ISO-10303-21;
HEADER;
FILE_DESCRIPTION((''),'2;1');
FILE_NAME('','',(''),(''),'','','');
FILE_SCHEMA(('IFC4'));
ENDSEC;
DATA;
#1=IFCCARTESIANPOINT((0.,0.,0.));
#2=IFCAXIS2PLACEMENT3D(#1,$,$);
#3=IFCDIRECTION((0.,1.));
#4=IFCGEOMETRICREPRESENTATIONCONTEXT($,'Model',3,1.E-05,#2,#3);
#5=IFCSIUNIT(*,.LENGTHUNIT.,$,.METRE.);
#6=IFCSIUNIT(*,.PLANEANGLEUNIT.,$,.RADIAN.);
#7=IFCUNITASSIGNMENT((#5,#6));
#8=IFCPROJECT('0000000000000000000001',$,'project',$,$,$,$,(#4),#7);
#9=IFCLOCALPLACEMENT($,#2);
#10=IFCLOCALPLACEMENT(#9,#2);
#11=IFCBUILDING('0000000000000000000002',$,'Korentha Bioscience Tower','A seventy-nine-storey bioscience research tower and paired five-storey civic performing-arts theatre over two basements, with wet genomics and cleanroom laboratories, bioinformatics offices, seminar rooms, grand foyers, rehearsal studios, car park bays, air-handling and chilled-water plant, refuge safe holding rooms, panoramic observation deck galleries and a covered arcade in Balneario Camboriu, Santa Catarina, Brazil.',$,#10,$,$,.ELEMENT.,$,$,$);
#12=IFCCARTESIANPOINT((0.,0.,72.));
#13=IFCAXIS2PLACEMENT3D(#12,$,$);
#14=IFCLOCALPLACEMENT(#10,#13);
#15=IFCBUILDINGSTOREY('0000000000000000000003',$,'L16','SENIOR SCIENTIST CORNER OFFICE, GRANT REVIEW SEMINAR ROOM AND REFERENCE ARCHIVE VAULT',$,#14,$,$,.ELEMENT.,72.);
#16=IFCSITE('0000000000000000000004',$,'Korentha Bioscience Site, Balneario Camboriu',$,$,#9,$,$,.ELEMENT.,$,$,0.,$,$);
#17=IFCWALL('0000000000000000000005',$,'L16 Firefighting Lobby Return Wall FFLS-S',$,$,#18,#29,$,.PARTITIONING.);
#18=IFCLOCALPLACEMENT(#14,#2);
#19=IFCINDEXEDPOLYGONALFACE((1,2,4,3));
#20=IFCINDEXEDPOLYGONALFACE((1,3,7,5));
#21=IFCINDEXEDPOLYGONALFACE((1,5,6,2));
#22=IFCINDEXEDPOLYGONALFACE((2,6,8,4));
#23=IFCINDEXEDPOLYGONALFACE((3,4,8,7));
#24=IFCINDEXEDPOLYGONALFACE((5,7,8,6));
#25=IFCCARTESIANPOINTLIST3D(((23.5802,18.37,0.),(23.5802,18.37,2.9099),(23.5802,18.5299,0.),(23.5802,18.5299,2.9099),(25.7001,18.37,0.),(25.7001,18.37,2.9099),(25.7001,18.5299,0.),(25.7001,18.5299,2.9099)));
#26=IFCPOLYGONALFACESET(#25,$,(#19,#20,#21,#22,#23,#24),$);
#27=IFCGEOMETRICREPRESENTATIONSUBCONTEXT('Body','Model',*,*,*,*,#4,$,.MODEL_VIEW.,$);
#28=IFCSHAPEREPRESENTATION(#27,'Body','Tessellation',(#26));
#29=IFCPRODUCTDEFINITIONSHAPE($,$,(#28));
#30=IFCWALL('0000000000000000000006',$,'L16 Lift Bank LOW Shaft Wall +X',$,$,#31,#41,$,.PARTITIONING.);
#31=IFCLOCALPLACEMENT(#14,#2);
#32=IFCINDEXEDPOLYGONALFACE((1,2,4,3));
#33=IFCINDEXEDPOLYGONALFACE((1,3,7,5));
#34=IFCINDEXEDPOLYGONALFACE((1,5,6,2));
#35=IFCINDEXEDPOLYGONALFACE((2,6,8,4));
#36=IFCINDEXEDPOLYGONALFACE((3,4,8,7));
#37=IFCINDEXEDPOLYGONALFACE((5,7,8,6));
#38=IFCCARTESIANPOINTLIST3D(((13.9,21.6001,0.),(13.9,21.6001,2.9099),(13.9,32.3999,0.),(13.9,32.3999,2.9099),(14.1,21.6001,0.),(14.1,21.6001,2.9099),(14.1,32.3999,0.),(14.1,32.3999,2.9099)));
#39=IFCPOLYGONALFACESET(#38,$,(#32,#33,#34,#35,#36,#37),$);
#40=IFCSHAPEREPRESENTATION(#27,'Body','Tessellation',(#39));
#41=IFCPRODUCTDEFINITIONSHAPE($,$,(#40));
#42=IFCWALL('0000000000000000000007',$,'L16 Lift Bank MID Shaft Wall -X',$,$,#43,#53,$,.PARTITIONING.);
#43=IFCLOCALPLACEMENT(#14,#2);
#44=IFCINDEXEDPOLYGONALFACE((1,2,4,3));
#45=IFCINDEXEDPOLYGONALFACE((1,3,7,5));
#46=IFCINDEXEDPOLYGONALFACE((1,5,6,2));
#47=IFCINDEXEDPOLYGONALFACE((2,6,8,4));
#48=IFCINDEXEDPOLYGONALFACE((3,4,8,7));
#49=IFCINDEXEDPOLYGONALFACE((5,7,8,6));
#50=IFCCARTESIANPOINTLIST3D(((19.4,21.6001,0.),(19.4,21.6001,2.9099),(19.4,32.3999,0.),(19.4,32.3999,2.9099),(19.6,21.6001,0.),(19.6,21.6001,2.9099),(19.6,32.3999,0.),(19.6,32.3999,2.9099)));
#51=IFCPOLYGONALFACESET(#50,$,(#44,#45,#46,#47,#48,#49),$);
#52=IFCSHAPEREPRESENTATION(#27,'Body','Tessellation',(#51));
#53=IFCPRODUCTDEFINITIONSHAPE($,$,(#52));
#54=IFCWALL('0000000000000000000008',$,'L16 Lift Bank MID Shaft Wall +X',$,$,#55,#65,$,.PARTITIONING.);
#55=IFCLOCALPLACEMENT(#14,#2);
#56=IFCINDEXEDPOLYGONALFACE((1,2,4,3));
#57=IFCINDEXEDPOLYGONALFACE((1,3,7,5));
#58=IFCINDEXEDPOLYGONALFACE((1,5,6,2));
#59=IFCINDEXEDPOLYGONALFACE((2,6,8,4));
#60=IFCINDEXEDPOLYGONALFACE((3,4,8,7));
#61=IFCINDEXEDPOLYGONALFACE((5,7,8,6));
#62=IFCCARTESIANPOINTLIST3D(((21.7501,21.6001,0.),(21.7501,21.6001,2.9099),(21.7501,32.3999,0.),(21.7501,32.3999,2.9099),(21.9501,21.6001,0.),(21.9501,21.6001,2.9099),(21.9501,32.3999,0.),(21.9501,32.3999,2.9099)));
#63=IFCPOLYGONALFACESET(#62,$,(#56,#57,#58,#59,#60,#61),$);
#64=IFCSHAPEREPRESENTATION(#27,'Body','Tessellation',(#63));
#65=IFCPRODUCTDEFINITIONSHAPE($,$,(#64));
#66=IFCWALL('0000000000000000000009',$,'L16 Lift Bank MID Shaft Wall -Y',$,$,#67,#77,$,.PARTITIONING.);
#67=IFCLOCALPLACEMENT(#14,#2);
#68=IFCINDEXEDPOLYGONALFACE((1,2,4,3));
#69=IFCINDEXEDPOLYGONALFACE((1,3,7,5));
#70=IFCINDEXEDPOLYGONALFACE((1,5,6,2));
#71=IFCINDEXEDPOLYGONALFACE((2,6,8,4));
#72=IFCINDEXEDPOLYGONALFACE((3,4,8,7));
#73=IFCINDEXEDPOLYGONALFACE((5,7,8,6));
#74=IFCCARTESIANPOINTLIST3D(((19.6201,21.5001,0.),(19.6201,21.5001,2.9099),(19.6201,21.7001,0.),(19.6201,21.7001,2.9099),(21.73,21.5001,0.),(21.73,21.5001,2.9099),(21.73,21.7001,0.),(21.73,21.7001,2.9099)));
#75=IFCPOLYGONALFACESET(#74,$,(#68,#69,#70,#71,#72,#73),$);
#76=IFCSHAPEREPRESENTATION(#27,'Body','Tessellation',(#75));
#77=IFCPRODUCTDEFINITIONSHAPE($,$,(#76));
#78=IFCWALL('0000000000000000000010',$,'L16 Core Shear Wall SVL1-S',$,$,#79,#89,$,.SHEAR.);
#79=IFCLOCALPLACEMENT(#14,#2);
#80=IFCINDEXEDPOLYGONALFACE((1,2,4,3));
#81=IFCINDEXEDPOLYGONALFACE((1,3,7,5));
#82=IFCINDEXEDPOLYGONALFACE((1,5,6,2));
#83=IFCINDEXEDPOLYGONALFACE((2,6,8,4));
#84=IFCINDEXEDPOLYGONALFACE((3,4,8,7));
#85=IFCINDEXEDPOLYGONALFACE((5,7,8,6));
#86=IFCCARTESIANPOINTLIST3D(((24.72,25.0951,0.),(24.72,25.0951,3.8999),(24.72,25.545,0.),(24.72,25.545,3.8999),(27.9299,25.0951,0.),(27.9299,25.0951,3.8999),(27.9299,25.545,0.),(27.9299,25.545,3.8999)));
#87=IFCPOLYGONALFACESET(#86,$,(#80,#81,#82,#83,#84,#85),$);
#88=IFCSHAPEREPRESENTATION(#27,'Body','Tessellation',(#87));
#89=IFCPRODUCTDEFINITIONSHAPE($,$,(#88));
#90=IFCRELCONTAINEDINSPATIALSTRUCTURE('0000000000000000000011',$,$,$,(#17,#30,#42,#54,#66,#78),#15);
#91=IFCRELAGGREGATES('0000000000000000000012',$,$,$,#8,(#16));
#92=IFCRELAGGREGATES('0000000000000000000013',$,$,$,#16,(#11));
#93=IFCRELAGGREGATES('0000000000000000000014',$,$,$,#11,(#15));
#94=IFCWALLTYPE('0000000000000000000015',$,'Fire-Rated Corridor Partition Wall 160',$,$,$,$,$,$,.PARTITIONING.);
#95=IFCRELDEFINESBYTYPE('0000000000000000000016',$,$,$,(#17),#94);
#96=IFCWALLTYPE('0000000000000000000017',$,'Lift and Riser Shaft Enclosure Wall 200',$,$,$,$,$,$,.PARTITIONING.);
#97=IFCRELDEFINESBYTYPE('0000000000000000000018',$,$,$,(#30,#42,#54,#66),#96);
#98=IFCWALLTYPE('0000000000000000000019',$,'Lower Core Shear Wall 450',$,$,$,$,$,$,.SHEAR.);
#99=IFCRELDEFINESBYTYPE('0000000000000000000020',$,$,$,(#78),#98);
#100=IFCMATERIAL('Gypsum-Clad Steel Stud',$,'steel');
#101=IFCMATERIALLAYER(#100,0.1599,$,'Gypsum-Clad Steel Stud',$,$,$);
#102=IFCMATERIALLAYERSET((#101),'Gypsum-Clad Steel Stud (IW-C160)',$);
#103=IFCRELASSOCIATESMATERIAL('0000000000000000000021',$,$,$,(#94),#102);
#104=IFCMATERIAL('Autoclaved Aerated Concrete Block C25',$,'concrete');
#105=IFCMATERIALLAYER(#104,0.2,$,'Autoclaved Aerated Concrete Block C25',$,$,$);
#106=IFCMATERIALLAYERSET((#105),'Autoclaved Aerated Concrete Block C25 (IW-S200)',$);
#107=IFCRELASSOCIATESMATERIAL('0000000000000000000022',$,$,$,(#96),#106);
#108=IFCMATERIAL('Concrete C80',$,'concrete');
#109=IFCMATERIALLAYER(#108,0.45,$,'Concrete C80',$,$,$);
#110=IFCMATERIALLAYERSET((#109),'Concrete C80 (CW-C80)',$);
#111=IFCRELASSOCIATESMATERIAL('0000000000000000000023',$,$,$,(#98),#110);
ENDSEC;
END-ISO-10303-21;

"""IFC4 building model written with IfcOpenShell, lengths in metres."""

from ifc_helpers import new_model, si_unit, direction, frame, frame_2d, origin, place, context, subcontext, project, spatial, rectangle, extrude, material, layer, layer_set, type_object, element, save


model = new_model("IFC4")

# Units and contexts
model_context = context("Model", 3, precision=1e-05, world=origin(), true_north=direction((0.0, 1.0)))
body_context = subcontext(model_context, "Body", "Model", "MODEL_VIEW")
ifc_project = project(units=[si_unit("LENGTHUNIT", "METRE"), si_unit("PLANEANGLEUNIT", "RADIAN")], contexts=[model_context])

# Site, building, storey
site_placement = place(None, origin())
site = spatial("IfcSite", under=ifc_project, at=site_placement, Name="Korentha Bioscience Site, Balneario Camboriu", CompositionType="ELEMENT", RefElevation=0.0)
building_placement = place(site_placement, origin())
building = spatial("IfcBuilding", under=site, at=building_placement, Name="Korentha Bioscience Tower", Description="A seventy-nine-storey bioscience research tower and paired five-storey civic performing-arts theatre over two basements, with wet genomics and cleanroom laboratories, bioinformatics offices, seminar rooms, grand foyers, rehearsal studios, car park bays, air-handling and chilled-water plant, refuge safe holding rooms, panoramic observation deck galleries and a covered arcade in Balneario Camboriu, Santa Catarina, Brazil.", CompositionType="ELEMENT")
storey_placement = place(building_placement, frame((0.0, 0.0, 72.0)))
storey = spatial("IfcBuildingStorey", under=building, at=storey_placement, Name="L16", Description="SENIOR SCIENTIST CORNER OFFICE, GRANT REVIEW SEMINAR ROOM AND REFERENCE ARCHIVE VAULT", CompositionType="ELEMENT", Elevation=72.0)

# Shared definitions
ifc_material_1 = material(Name="Concrete C80", Category="concrete")

# Shared definitions
ifc_material_2 = material(Name="Gypsum-Clad Steel Stud", Category="steel")
ifc_layer_1 = layer(ifc_material_2, 0.1599, Name="Gypsum-Clad Steel Stud")
ifc_layer_set_1 = layer_set([ifc_layer_1], Name="Gypsum-Clad Steel Stud (IW-C160)")
wall_type_1 = type_object("IfcWallType", Name="Fire-Rated Corridor Partition Wall 160", PredefinedType="PARTITIONING", material=ifc_layer_set_1)

# Walls
wall_1_placement = place(storey_placement, frame((23.5801, 18.45, 0.0), z_axis=(0.0, 0.0, 1.0), x_axis=(1.0, 0.0, 0.0)))
element("IfcWall", 1, at=wall_1_placement, inside=storey, type_object=wall_type_1, Name="L16 Firefighting Lobby Return Wall FFLS-S", PredefinedType="PARTITIONING", context=body_context, shape_type="SweptSolid", body=[
    extrude(rectangle(XDim=2.1199, YDim=0.1599, at=frame_2d((1.0601, 0.0))), origin(), (0.0, 0.0, 1.0), 2.9099),
])
ifc_material_3 = material(Name="Autoclaved Aerated Concrete Block C25", Category="concrete")
ifc_layer_2 = layer(ifc_material_3, 0.2, Name="Autoclaved Aerated Concrete Block C25")
ifc_layer_set_2 = layer_set([ifc_layer_2], Name="Autoclaved Aerated Concrete Block C25 (IW-S200)")
wall_type_2 = type_object("IfcWallType", Name="Lift and Riser Shaft Enclosure Wall 200", PredefinedType="PARTITIONING", material=ifc_layer_set_2)
for number, where, z_axis, x_axis, name in (
    (2, (14.0, 21.6001, 0.0), (0.0, 0.0, 1.0), (0.0, 1.0, 0.0), "L16 Lift Bank LOW Shaft Wall +X"),
    (3, (19.5, 21.6001, 0.0), (0.0, 0.0, 1.0), (0.0, 1.0, 0.0), "L16 Lift Bank MID Shaft Wall -X"),
    (4, (21.8501, 21.6001, 0.0), (0.0, 0.0, 1.0), (0.0, 1.0, 0.0), "L16 Lift Bank MID Shaft Wall +X"),
):
    element("IfcWall", number, at=place(storey_placement, frame(where, z_axis=z_axis, x_axis=x_axis)), inside=storey, type_object=wall_type_2, Name=name, PredefinedType="PARTITIONING", context=body_context, shape_type="SweptSolid", body=[
        extrude(rectangle(XDim=10.7998, YDim=0.2, at=frame_2d((5.3999, 0.0))), origin(), (0.0, 0.0, 1.0), 2.9099),
    ])
wall_2_placement = place(storey_placement, frame((19.6201, 21.6001, 0.0), z_axis=(0.0, 0.0, 1.0), x_axis=(1.0, 0.0, 0.0)))
element("IfcWall", 5, at=wall_2_placement, inside=storey, type_object=wall_type_2, Name="L16 Lift Bank MID Shaft Wall -Y", PredefinedType="PARTITIONING", context=body_context, shape_type="SweptSolid", body=[
    extrude(rectangle(XDim=2.1099, YDim=0.2, at=frame_2d((1.0549, 0.0))), origin(), (0.0, 0.0, 1.0), 2.9099),
])
ifc_layer_3 = layer(ifc_material_1, 0.45, Name="Concrete C80")
ifc_layer_set_3 = layer_set([ifc_layer_3], Name="Concrete C80 (CW-C80)")
wall_type_3 = type_object("IfcWallType", Name="Lower Core Shear Wall 450", PredefinedType="SHEAR", material=ifc_layer_set_3)
wall_3_placement = place(storey_placement, frame((24.72, 25.3201, 0.0), z_axis=(0.0, 0.0, 1.0), x_axis=(1.0, 0.0, 0.0)))
element("IfcWall", 6, at=wall_3_placement, inside=storey, type_object=wall_type_3, Name="L16 Core Shear Wall SVL1-S", PredefinedType="SHEAR", context=body_context, shape_type="SweptSolid", body=[
    extrude(rectangle(XDim=3.21, YDim=0.45, at=frame_2d((1.605, 0.0))), origin(), (0.0, 0.0, 1.0), 3.8999),
])

save(model, "model.ifc")
